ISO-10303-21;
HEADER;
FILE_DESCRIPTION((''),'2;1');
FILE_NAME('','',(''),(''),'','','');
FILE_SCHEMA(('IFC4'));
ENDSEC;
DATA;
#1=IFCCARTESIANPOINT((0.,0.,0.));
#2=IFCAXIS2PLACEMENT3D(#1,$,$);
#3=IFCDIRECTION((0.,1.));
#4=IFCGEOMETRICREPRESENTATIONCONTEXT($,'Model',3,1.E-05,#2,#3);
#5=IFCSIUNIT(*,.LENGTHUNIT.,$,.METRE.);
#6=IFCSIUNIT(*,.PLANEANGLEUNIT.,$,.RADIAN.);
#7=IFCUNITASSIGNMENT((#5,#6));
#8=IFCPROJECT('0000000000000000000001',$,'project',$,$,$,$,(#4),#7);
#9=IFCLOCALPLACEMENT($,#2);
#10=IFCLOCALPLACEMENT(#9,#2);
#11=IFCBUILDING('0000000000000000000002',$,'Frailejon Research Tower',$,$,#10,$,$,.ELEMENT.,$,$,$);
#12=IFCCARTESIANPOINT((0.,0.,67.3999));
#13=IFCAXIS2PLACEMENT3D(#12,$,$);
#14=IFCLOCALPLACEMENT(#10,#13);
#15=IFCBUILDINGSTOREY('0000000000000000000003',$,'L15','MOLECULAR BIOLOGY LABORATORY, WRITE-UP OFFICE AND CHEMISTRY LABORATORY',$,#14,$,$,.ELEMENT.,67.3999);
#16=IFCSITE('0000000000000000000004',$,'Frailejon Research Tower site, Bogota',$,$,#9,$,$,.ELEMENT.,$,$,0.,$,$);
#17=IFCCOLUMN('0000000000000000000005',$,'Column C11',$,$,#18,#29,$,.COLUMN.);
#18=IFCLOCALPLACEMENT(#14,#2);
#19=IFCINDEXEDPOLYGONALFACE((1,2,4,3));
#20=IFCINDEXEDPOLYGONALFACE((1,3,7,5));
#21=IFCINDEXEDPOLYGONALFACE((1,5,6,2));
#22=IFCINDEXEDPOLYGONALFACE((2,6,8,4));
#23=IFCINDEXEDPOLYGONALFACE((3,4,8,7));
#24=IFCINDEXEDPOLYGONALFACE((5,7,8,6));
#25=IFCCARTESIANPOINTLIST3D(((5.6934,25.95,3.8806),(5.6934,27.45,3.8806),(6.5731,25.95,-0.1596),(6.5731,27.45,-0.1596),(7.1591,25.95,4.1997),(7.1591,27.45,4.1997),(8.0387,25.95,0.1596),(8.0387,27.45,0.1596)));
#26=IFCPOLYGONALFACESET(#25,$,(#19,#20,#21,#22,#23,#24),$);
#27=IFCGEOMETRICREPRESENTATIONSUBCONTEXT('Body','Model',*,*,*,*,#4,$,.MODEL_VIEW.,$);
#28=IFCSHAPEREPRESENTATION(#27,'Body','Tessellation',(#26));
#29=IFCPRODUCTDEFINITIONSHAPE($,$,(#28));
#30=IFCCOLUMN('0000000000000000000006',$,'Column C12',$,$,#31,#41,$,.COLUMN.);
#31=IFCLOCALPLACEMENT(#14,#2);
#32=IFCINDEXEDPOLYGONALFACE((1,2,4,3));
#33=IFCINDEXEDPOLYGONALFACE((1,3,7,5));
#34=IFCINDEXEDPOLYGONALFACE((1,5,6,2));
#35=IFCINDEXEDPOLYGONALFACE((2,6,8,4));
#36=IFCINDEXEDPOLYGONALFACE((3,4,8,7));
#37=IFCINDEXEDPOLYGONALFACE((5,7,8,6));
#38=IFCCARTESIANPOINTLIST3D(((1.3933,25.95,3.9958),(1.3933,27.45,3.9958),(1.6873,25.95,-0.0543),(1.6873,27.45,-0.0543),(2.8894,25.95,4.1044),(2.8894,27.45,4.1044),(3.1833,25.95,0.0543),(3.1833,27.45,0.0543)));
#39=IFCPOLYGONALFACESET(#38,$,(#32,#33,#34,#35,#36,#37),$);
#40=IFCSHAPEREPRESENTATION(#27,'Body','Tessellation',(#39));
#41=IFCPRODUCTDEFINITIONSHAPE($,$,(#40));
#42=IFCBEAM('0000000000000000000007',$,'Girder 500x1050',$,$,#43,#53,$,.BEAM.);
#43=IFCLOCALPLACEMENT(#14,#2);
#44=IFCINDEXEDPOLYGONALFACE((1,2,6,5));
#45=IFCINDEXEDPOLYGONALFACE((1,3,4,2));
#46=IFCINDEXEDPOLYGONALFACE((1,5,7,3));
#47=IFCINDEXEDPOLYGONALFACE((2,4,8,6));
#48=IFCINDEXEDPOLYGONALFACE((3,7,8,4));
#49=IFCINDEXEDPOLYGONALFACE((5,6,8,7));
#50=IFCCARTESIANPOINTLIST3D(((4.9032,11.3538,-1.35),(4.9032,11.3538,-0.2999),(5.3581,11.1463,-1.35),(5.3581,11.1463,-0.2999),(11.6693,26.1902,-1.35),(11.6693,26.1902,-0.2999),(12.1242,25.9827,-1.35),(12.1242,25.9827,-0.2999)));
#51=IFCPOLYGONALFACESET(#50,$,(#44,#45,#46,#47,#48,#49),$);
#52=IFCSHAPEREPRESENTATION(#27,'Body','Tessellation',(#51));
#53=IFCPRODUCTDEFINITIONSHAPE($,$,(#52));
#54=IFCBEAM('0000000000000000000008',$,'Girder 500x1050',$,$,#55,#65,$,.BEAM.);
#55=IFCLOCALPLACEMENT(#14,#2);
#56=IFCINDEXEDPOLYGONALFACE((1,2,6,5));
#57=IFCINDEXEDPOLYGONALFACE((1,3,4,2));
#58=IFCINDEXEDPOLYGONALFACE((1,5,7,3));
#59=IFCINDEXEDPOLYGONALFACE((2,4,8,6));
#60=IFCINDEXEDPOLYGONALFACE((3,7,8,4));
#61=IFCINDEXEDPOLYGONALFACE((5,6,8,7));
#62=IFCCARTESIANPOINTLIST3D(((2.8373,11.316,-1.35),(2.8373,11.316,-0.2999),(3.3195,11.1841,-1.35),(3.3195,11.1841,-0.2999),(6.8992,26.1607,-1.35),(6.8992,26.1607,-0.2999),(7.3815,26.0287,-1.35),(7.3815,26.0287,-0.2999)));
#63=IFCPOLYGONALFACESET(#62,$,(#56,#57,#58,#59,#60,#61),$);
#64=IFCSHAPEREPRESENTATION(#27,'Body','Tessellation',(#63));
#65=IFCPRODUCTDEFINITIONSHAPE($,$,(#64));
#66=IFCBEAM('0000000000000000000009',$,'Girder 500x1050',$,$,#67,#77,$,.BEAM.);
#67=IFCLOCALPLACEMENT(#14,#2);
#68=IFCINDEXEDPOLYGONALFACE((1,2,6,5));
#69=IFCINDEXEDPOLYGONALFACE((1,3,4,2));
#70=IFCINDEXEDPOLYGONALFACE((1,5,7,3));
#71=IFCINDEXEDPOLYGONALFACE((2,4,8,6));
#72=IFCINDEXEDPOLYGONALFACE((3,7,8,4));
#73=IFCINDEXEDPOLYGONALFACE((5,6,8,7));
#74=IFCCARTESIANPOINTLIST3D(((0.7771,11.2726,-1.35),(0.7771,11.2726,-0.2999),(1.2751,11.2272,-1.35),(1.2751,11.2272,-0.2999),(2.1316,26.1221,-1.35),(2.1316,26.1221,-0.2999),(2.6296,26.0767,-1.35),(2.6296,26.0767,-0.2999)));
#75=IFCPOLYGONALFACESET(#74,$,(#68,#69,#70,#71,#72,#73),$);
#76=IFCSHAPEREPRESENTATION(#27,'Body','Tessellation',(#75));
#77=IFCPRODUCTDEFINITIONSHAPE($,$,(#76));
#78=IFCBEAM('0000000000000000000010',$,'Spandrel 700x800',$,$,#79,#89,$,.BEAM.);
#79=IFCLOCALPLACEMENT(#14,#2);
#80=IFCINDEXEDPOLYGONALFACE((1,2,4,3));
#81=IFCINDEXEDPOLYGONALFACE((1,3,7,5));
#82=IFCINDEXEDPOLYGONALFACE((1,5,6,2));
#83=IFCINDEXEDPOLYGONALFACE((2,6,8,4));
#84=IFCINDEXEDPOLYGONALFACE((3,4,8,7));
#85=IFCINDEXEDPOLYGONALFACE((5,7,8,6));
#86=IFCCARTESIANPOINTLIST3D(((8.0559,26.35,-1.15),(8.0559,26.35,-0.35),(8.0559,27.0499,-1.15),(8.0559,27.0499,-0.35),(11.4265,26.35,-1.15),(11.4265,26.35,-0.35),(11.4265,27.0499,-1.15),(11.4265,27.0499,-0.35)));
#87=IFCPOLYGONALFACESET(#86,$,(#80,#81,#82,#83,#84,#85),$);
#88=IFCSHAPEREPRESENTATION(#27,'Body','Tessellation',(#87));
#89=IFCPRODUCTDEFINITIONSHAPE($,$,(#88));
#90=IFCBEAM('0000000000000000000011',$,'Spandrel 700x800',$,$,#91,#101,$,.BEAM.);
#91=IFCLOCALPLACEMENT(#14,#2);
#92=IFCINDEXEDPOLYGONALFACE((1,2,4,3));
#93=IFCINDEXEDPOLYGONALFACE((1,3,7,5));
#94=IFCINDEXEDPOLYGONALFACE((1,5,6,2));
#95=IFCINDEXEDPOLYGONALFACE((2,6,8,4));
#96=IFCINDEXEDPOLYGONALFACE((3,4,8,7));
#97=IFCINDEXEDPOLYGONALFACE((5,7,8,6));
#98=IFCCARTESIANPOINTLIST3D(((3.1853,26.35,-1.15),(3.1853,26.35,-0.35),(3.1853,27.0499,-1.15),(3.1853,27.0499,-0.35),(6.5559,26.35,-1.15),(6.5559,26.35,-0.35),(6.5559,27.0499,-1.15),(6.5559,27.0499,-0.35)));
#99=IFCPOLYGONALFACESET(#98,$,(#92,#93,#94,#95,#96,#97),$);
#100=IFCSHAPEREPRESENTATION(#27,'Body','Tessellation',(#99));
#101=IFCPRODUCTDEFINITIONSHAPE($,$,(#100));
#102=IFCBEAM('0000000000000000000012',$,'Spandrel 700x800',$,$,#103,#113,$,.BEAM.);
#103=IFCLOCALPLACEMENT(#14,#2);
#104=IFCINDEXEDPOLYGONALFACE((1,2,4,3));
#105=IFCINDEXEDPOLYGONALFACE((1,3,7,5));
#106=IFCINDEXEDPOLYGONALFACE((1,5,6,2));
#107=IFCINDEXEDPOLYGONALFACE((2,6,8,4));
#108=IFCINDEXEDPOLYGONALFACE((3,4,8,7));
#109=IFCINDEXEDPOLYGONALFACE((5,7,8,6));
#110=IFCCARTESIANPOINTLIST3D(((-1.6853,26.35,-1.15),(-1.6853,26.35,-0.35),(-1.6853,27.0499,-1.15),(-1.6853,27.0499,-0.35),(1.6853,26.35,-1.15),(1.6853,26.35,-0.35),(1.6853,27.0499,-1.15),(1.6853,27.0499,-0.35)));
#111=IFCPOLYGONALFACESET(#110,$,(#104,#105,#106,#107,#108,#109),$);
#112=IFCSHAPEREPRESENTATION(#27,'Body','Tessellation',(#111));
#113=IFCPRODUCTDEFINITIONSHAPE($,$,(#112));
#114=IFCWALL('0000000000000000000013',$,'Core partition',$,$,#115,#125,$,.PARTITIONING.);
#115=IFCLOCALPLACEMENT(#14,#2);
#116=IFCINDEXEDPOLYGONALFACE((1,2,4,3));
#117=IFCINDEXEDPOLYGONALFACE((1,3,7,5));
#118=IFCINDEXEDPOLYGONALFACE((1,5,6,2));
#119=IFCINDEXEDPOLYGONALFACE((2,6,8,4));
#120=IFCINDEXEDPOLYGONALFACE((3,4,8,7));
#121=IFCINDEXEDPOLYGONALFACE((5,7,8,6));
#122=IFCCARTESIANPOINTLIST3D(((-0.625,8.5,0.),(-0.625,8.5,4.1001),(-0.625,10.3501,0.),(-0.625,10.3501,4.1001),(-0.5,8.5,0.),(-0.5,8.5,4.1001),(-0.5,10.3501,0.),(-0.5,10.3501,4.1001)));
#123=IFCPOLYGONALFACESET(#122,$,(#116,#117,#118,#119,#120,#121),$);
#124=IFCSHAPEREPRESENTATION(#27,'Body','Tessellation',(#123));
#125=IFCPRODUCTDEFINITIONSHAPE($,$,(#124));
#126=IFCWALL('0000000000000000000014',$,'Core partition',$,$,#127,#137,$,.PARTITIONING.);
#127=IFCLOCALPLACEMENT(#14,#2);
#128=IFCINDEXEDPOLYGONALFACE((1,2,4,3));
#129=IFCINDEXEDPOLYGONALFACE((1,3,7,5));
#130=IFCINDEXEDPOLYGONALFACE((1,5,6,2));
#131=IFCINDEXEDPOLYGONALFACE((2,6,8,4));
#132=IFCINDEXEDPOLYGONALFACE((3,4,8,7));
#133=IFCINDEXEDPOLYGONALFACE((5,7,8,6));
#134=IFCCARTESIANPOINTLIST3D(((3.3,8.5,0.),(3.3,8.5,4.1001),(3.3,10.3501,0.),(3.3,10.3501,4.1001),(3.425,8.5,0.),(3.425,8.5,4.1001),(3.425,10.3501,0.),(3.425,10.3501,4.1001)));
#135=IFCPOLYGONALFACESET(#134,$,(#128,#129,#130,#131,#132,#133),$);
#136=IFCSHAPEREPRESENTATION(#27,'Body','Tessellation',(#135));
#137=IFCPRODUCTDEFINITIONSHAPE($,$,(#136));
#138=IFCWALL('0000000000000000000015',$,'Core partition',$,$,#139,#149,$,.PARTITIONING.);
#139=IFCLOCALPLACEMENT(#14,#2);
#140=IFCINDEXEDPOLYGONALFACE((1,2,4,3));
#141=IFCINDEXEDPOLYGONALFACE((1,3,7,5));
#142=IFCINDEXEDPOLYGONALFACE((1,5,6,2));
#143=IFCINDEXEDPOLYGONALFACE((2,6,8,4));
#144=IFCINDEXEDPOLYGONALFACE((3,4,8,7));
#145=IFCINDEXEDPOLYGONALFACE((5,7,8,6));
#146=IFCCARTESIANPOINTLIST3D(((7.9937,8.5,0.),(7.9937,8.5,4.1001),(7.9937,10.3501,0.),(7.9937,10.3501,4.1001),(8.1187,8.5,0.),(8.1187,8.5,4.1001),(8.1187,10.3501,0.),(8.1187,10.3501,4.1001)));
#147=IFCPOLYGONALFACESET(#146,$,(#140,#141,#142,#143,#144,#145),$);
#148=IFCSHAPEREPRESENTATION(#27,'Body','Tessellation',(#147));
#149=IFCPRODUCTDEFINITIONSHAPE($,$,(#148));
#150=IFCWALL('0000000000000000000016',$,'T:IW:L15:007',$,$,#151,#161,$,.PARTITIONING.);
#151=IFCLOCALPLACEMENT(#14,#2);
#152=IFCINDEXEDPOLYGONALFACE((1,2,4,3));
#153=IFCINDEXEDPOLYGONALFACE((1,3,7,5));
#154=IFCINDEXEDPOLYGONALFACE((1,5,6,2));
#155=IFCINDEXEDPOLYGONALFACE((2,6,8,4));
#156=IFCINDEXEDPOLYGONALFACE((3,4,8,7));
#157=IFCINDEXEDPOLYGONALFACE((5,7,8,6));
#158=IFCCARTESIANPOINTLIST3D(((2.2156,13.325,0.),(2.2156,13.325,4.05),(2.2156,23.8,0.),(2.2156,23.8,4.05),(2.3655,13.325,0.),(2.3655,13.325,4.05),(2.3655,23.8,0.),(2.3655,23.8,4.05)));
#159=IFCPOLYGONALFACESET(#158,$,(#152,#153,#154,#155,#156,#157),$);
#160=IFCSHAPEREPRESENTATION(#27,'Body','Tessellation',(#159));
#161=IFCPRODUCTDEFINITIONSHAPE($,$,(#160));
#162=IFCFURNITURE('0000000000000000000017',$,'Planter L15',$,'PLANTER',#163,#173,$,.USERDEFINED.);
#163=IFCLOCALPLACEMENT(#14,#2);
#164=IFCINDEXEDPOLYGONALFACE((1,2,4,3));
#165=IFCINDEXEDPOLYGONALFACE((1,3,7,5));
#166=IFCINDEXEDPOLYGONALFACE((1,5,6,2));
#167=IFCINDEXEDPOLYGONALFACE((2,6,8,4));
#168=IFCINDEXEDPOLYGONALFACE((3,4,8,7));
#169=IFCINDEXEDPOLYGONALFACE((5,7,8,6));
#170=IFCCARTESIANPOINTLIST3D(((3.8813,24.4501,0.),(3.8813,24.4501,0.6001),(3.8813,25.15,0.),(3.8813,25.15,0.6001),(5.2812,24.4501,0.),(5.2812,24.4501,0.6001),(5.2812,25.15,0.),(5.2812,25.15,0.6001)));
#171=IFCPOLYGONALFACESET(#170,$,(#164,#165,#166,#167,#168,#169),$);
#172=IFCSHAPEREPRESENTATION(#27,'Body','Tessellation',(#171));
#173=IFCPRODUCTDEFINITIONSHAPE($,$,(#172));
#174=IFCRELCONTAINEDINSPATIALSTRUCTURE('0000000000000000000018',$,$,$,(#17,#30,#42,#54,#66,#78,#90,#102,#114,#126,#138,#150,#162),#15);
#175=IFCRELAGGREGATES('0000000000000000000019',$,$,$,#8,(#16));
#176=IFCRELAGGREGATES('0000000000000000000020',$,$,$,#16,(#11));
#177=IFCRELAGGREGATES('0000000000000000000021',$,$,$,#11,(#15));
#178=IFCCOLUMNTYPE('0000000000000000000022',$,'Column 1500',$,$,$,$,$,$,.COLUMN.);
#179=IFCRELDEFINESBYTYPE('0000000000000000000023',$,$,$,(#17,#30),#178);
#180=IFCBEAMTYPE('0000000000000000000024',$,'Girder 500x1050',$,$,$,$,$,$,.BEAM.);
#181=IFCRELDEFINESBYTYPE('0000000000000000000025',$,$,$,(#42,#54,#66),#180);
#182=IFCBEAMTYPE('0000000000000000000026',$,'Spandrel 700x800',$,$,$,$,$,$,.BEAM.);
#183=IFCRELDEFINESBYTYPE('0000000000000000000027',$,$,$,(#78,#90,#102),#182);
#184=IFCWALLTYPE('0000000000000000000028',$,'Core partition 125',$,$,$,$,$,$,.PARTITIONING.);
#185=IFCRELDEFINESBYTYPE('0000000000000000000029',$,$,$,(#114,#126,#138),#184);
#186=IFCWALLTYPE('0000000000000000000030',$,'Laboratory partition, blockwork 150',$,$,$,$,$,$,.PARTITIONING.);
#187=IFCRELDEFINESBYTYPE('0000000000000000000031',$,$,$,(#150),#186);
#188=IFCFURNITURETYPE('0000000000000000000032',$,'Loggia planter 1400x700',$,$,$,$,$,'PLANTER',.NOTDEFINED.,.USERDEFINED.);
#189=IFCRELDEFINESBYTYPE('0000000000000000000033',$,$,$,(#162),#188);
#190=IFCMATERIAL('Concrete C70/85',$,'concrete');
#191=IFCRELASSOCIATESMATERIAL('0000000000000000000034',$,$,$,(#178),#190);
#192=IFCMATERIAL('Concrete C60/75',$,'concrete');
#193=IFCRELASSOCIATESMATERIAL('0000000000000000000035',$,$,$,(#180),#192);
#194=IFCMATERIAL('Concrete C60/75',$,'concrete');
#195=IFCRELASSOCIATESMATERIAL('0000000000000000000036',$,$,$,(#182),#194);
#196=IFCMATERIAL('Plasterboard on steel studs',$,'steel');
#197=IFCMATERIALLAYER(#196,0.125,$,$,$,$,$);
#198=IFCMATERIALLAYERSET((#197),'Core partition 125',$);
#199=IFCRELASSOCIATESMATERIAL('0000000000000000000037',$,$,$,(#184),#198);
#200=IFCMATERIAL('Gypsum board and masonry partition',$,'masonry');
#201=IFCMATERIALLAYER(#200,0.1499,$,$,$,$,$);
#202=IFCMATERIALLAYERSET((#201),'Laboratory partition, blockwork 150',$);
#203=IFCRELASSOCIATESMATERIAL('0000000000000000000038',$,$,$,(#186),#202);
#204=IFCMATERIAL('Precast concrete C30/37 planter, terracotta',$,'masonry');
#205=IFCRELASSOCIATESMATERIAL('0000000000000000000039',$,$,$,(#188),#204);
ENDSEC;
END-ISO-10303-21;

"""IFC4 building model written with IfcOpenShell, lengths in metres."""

from ifc_helpers import new_model, si_unit, direction, frame, frame_2d, origin, origin_2d, place, context, subcontext, project, spatial, rectangle, extrude, material, layer, layer_set, material_profile, profile_set, type_object, element, save


model = new_model("IFC4")

# Units and contexts
model_context = context("Model", 3, precision=1e-05, world=origin(), true_north=direction((0.0, 1.0)))
body_context = subcontext(model_context, "Body", "Model", "MODEL_VIEW")
ifc_project = project(units=[si_unit("LENGTHUNIT", "METRE"), si_unit("PLANEANGLEUNIT", "RADIAN")], contexts=[model_context])

# Site, building, storey
site_placement = place(None, origin())
site = spatial("IfcSite", under=ifc_project, at=site_placement, Name="Frailejon Research Tower site, Bogota", CompositionType="ELEMENT", RefElevation=0.0)
building_placement = place(site_placement, origin())
building = spatial("IfcBuilding", under=site, at=building_placement, Name="Frailejon Research Tower", CompositionType="ELEMENT")
storey_placement = place(building_placement, frame((0.0, 0.0, 67.3999)))
storey = spatial("IfcBuildingStorey", under=building, at=storey_placement, Name="L15", Description="MOLECULAR BIOLOGY LABORATORY, WRITE-UP OFFICE AND CHEMISTRY LABORATORY", CompositionType="ELEMENT", Elevation=67.3999)

# Columns
ifc_material_1 = material(Name="Concrete C70/85", Category="concrete")
ifc_material_profile_1 = material_profile(ifc_material_1, rectangle(XDim=1.5, YDim=1.5, at=origin_2d()), Name="Column 1500")
ifc_profile_set_1 = profile_set([ifc_material_profile_1], Name="Concrete C70/85")
column_type = type_object("IfcColumnType", Name="Column 1500", PredefinedType="COLUMN", material=ifc_profile_set_1)
column_1_placement = place(storey_placement, frame((7.3059, 26.7, 0.0), z_axis=(-0.212746, 0.0, 0.977108), x_axis=(-0.977108, 0.0, -0.212746)))
element("IfcColumn", 1, at=column_1_placement, inside=storey, type_object=column_type, Name="Column C11", PredefinedType="COLUMN", context=body_context, shape_type="SweptSolid", body=[
    extrude(rectangle(XDim=1.5, YDim=1.5, at=origin_2d()), origin(), (0.0, 0.0, 1.0), 4.1348),
])
column_2_placement = place(storey_placement, frame((2.4353, 26.7, 0.0), z_axis=(-0.072388, 0.0, 0.997377), x_axis=(-0.997377, 0.0, -0.072388)))
element("IfcColumn", 2, at=column_2_placement, inside=storey, type_object=column_type, Name="Column C12", PredefinedType="COLUMN", context=body_context, shape_type="SweptSolid", body=[
    extrude(rectangle(XDim=1.5, YDim=1.5, at=origin_2d()), origin(), (0.0, 0.0, 1.0), 4.0608),
])

# Beams
ifc_material_2 = material(Name="Concrete C60/75", Category="concrete")
ifc_material_profile_2 = material_profile(ifc_material_2, rectangle(XDim=0.5, YDim=1.05, at=origin_2d()), Name="Girder 500x1050")
ifc_profile_set_2 = profile_set([ifc_material_profile_2], Name="Concrete C60/75")
beam_type_1 = type_object("IfcBeamType", Name="Girder 500x1050", PredefinedType="BEAM", material=ifc_profile_set_2)
beam_1_placement = place(storey_placement, frame((11.8967, 26.0864, -0.825), z_axis=(-0.414935, -0.909851, 0.0), x_axis=(0.909851, -0.414935, 0.0)))
element("IfcBeam", 3, at=beam_1_placement, inside=storey, type_object=beam_type_1, Name="Girder 500x1050", PredefinedType="BEAM", context=body_context, shape_type="SweptSolid", body=[
    extrude(rectangle(XDim=0.5, YDim=1.05, at=origin_2d()), origin(), (0.0, 0.0, 1.0), 16.3064),
])
beam_2_placement = place(storey_placement, frame((7.1404, 26.0947, -0.825), z_axis=(-0.263931, -0.964542, 0.0), x_axis=(0.964542, -0.263931, 0.0)))
element("IfcBeam", 4, at=beam_2_placement, inside=storey, type_object=beam_type_1, Name="Girder 500x1050", PredefinedType="BEAM", context=body_context, shape_type="SweptSolid", body=[
    extrude(rectangle(XDim=0.5, YDim=1.05, at=origin_2d()), origin(), (0.0, 0.0, 1.0), 15.3904),
])
beam_3_placement = place(storey_placement, frame((2.3806, 26.0994, -0.825), z_axis=(-0.090838, -0.995866, 0.0), x_axis=(0.995866, -0.090838, 0.0)))
element("IfcBeam", 5, at=beam_3_placement, inside=storey, type_object=beam_type_1, Name="Girder 500x1050", PredefinedType="BEAM", context=body_context, shape_type="SweptSolid", body=[
    extrude(rectangle(XDim=0.5, YDim=1.05, at=origin_2d()), origin(), (0.0, 0.0, 1.0), 14.9111),
])
ifc_material_3 = material(Name="Concrete C60/75", Category="concrete")
ifc_material_profile_3 = material_profile(ifc_material_3, rectangle(XDim=0.7, YDim=0.8, at=origin_2d()), Name="Spandrel 700x800")
ifc_profile_set_3 = profile_set([ifc_material_profile_3], Name="Concrete C60/75")
beam_type_2 = type_object("IfcBeamType", Name="Spandrel 700x800", PredefinedType="BEAM", material=ifc_profile_set_3)
for number, where, z_axis, x_axis, name in (
    (6, (11.4265, 26.7, -0.75), (-1.0, 0.0, 0.0), (0.0, -1.0, 0.0), "Spandrel 700x800"),
    (7, (6.5559, 26.7, -0.75), (-1.0, 0.0, 0.0), (0.0, -1.0, 0.0), "Spandrel 700x800"),
    (8, (1.6853, 26.7, -0.75), (-1.0, 0.0, 0.0), (0.0, -1.0, 0.0), "Spandrel 700x800"),
):
    element("IfcBeam", number, at=place(storey_placement, frame(where, z_axis=z_axis, x_axis=x_axis)), inside=storey, type_object=beam_type_2, Name=name, PredefinedType="BEAM", context=body_context, shape_type="SweptSolid", body=[
        extrude(rectangle(XDim=0.7, YDim=0.8, at=origin_2d()), origin(), (0.0, 0.0, 1.0), 3.3706),
    ])

# Walls
ifc_material_4 = material(Name="Plasterboard on steel studs", Category="steel")
ifc_layer_1 = layer(ifc_material_4, 0.125)
ifc_layer_set_1 = layer_set([ifc_layer_1], Name="Core partition 125")
wall_type_1 = type_object("IfcWallType", Name="Core partition 125", PredefinedType="PARTITIONING", material=ifc_layer_set_1)
for number, where, z_axis, x_axis, name in (
    (9, (-0.5625, 8.5, 0.0), (0.0, 0.0, 1.0), (0.0, 1.0, 0.0), "Core partition"),
    (10, (3.3625, 8.5, 0.0), (0.0, 0.0, 1.0), (0.0, 1.0, 0.0), "Core partition"),
    (11, (8.0562, 8.5, 0.0), (0.0, 0.0, 1.0), (0.0, 1.0, 0.0), "Core partition"),
):
    element("IfcWall", number, at=place(storey_placement, frame(where, z_axis=z_axis, x_axis=x_axis)), inside=storey, type_object=wall_type_1, Name=name, PredefinedType="PARTITIONING", context=body_context, shape_type="SweptSolid", body=[
        extrude(rectangle(XDim=1.8501, YDim=0.125, at=frame_2d((0.925, 0.0))), origin(), (0.0, 0.0, 1.0), 4.1001),
    ])
ifc_material_5 = material(Name="Gypsum board and masonry partition", Category="masonry")
ifc_layer_2 = layer(ifc_material_5, 0.1499)
ifc_layer_set_2 = layer_set([ifc_layer_2], Name="Laboratory partition, blockwork 150")
wall_type_2 = type_object("IfcWallType", Name="Laboratory partition, blockwork 150", PredefinedType="PARTITIONING", material=ifc_layer_set_2)
wall_1_placement = place(storey_placement, frame((2.2905, 13.325, 0.0), z_axis=(0.0, 0.0, 1.0), x_axis=(0.0, 1.0, 0.0)))
element("IfcWall", 12, at=wall_1_placement, inside=storey, type_object=wall_type_2, Name="T:IW:L15:007", PredefinedType="PARTITIONING", context=body_context, shape_type="SweptSolid", body=[
    extrude(rectangle(XDim=10.4751, YDim=0.1499, at=frame_2d((5.2375, 0.0))), origin(), (0.0, 0.0, 1.0), 4.05),
])

# Furniture
ifc_material_6 = material(Name="Precast concrete C30/37 planter, terracotta", Category="masonry")
furniture_type = type_object("IfcFurnitureType", Name="Loggia planter 1400x700", ElementType="PLANTER", AssemblyPlace="NOTDEFINED", PredefinedType="USERDEFINED", material=ifc_material_6)
furniture_placement = place(storey_placement, frame((4.5813, 24.8, 0.0), z_axis=(0.0, 0.0, 1.0), x_axis=(-1.0, 0.0, 0.0)))
element("IfcFurniture", 13, at=furniture_placement, inside=storey, type_object=furniture_type, Name="Planter L15", ObjectType="PLANTER", PredefinedType="USERDEFINED", context=body_context, shape_type="SweptSolid", body=[
    extrude(rectangle(XDim=1.3999, YDim=0.7, at=origin_2d()), origin(), (0.0, 0.0, 1.0), 0.6001),
])

save(model, "model.ifc")
